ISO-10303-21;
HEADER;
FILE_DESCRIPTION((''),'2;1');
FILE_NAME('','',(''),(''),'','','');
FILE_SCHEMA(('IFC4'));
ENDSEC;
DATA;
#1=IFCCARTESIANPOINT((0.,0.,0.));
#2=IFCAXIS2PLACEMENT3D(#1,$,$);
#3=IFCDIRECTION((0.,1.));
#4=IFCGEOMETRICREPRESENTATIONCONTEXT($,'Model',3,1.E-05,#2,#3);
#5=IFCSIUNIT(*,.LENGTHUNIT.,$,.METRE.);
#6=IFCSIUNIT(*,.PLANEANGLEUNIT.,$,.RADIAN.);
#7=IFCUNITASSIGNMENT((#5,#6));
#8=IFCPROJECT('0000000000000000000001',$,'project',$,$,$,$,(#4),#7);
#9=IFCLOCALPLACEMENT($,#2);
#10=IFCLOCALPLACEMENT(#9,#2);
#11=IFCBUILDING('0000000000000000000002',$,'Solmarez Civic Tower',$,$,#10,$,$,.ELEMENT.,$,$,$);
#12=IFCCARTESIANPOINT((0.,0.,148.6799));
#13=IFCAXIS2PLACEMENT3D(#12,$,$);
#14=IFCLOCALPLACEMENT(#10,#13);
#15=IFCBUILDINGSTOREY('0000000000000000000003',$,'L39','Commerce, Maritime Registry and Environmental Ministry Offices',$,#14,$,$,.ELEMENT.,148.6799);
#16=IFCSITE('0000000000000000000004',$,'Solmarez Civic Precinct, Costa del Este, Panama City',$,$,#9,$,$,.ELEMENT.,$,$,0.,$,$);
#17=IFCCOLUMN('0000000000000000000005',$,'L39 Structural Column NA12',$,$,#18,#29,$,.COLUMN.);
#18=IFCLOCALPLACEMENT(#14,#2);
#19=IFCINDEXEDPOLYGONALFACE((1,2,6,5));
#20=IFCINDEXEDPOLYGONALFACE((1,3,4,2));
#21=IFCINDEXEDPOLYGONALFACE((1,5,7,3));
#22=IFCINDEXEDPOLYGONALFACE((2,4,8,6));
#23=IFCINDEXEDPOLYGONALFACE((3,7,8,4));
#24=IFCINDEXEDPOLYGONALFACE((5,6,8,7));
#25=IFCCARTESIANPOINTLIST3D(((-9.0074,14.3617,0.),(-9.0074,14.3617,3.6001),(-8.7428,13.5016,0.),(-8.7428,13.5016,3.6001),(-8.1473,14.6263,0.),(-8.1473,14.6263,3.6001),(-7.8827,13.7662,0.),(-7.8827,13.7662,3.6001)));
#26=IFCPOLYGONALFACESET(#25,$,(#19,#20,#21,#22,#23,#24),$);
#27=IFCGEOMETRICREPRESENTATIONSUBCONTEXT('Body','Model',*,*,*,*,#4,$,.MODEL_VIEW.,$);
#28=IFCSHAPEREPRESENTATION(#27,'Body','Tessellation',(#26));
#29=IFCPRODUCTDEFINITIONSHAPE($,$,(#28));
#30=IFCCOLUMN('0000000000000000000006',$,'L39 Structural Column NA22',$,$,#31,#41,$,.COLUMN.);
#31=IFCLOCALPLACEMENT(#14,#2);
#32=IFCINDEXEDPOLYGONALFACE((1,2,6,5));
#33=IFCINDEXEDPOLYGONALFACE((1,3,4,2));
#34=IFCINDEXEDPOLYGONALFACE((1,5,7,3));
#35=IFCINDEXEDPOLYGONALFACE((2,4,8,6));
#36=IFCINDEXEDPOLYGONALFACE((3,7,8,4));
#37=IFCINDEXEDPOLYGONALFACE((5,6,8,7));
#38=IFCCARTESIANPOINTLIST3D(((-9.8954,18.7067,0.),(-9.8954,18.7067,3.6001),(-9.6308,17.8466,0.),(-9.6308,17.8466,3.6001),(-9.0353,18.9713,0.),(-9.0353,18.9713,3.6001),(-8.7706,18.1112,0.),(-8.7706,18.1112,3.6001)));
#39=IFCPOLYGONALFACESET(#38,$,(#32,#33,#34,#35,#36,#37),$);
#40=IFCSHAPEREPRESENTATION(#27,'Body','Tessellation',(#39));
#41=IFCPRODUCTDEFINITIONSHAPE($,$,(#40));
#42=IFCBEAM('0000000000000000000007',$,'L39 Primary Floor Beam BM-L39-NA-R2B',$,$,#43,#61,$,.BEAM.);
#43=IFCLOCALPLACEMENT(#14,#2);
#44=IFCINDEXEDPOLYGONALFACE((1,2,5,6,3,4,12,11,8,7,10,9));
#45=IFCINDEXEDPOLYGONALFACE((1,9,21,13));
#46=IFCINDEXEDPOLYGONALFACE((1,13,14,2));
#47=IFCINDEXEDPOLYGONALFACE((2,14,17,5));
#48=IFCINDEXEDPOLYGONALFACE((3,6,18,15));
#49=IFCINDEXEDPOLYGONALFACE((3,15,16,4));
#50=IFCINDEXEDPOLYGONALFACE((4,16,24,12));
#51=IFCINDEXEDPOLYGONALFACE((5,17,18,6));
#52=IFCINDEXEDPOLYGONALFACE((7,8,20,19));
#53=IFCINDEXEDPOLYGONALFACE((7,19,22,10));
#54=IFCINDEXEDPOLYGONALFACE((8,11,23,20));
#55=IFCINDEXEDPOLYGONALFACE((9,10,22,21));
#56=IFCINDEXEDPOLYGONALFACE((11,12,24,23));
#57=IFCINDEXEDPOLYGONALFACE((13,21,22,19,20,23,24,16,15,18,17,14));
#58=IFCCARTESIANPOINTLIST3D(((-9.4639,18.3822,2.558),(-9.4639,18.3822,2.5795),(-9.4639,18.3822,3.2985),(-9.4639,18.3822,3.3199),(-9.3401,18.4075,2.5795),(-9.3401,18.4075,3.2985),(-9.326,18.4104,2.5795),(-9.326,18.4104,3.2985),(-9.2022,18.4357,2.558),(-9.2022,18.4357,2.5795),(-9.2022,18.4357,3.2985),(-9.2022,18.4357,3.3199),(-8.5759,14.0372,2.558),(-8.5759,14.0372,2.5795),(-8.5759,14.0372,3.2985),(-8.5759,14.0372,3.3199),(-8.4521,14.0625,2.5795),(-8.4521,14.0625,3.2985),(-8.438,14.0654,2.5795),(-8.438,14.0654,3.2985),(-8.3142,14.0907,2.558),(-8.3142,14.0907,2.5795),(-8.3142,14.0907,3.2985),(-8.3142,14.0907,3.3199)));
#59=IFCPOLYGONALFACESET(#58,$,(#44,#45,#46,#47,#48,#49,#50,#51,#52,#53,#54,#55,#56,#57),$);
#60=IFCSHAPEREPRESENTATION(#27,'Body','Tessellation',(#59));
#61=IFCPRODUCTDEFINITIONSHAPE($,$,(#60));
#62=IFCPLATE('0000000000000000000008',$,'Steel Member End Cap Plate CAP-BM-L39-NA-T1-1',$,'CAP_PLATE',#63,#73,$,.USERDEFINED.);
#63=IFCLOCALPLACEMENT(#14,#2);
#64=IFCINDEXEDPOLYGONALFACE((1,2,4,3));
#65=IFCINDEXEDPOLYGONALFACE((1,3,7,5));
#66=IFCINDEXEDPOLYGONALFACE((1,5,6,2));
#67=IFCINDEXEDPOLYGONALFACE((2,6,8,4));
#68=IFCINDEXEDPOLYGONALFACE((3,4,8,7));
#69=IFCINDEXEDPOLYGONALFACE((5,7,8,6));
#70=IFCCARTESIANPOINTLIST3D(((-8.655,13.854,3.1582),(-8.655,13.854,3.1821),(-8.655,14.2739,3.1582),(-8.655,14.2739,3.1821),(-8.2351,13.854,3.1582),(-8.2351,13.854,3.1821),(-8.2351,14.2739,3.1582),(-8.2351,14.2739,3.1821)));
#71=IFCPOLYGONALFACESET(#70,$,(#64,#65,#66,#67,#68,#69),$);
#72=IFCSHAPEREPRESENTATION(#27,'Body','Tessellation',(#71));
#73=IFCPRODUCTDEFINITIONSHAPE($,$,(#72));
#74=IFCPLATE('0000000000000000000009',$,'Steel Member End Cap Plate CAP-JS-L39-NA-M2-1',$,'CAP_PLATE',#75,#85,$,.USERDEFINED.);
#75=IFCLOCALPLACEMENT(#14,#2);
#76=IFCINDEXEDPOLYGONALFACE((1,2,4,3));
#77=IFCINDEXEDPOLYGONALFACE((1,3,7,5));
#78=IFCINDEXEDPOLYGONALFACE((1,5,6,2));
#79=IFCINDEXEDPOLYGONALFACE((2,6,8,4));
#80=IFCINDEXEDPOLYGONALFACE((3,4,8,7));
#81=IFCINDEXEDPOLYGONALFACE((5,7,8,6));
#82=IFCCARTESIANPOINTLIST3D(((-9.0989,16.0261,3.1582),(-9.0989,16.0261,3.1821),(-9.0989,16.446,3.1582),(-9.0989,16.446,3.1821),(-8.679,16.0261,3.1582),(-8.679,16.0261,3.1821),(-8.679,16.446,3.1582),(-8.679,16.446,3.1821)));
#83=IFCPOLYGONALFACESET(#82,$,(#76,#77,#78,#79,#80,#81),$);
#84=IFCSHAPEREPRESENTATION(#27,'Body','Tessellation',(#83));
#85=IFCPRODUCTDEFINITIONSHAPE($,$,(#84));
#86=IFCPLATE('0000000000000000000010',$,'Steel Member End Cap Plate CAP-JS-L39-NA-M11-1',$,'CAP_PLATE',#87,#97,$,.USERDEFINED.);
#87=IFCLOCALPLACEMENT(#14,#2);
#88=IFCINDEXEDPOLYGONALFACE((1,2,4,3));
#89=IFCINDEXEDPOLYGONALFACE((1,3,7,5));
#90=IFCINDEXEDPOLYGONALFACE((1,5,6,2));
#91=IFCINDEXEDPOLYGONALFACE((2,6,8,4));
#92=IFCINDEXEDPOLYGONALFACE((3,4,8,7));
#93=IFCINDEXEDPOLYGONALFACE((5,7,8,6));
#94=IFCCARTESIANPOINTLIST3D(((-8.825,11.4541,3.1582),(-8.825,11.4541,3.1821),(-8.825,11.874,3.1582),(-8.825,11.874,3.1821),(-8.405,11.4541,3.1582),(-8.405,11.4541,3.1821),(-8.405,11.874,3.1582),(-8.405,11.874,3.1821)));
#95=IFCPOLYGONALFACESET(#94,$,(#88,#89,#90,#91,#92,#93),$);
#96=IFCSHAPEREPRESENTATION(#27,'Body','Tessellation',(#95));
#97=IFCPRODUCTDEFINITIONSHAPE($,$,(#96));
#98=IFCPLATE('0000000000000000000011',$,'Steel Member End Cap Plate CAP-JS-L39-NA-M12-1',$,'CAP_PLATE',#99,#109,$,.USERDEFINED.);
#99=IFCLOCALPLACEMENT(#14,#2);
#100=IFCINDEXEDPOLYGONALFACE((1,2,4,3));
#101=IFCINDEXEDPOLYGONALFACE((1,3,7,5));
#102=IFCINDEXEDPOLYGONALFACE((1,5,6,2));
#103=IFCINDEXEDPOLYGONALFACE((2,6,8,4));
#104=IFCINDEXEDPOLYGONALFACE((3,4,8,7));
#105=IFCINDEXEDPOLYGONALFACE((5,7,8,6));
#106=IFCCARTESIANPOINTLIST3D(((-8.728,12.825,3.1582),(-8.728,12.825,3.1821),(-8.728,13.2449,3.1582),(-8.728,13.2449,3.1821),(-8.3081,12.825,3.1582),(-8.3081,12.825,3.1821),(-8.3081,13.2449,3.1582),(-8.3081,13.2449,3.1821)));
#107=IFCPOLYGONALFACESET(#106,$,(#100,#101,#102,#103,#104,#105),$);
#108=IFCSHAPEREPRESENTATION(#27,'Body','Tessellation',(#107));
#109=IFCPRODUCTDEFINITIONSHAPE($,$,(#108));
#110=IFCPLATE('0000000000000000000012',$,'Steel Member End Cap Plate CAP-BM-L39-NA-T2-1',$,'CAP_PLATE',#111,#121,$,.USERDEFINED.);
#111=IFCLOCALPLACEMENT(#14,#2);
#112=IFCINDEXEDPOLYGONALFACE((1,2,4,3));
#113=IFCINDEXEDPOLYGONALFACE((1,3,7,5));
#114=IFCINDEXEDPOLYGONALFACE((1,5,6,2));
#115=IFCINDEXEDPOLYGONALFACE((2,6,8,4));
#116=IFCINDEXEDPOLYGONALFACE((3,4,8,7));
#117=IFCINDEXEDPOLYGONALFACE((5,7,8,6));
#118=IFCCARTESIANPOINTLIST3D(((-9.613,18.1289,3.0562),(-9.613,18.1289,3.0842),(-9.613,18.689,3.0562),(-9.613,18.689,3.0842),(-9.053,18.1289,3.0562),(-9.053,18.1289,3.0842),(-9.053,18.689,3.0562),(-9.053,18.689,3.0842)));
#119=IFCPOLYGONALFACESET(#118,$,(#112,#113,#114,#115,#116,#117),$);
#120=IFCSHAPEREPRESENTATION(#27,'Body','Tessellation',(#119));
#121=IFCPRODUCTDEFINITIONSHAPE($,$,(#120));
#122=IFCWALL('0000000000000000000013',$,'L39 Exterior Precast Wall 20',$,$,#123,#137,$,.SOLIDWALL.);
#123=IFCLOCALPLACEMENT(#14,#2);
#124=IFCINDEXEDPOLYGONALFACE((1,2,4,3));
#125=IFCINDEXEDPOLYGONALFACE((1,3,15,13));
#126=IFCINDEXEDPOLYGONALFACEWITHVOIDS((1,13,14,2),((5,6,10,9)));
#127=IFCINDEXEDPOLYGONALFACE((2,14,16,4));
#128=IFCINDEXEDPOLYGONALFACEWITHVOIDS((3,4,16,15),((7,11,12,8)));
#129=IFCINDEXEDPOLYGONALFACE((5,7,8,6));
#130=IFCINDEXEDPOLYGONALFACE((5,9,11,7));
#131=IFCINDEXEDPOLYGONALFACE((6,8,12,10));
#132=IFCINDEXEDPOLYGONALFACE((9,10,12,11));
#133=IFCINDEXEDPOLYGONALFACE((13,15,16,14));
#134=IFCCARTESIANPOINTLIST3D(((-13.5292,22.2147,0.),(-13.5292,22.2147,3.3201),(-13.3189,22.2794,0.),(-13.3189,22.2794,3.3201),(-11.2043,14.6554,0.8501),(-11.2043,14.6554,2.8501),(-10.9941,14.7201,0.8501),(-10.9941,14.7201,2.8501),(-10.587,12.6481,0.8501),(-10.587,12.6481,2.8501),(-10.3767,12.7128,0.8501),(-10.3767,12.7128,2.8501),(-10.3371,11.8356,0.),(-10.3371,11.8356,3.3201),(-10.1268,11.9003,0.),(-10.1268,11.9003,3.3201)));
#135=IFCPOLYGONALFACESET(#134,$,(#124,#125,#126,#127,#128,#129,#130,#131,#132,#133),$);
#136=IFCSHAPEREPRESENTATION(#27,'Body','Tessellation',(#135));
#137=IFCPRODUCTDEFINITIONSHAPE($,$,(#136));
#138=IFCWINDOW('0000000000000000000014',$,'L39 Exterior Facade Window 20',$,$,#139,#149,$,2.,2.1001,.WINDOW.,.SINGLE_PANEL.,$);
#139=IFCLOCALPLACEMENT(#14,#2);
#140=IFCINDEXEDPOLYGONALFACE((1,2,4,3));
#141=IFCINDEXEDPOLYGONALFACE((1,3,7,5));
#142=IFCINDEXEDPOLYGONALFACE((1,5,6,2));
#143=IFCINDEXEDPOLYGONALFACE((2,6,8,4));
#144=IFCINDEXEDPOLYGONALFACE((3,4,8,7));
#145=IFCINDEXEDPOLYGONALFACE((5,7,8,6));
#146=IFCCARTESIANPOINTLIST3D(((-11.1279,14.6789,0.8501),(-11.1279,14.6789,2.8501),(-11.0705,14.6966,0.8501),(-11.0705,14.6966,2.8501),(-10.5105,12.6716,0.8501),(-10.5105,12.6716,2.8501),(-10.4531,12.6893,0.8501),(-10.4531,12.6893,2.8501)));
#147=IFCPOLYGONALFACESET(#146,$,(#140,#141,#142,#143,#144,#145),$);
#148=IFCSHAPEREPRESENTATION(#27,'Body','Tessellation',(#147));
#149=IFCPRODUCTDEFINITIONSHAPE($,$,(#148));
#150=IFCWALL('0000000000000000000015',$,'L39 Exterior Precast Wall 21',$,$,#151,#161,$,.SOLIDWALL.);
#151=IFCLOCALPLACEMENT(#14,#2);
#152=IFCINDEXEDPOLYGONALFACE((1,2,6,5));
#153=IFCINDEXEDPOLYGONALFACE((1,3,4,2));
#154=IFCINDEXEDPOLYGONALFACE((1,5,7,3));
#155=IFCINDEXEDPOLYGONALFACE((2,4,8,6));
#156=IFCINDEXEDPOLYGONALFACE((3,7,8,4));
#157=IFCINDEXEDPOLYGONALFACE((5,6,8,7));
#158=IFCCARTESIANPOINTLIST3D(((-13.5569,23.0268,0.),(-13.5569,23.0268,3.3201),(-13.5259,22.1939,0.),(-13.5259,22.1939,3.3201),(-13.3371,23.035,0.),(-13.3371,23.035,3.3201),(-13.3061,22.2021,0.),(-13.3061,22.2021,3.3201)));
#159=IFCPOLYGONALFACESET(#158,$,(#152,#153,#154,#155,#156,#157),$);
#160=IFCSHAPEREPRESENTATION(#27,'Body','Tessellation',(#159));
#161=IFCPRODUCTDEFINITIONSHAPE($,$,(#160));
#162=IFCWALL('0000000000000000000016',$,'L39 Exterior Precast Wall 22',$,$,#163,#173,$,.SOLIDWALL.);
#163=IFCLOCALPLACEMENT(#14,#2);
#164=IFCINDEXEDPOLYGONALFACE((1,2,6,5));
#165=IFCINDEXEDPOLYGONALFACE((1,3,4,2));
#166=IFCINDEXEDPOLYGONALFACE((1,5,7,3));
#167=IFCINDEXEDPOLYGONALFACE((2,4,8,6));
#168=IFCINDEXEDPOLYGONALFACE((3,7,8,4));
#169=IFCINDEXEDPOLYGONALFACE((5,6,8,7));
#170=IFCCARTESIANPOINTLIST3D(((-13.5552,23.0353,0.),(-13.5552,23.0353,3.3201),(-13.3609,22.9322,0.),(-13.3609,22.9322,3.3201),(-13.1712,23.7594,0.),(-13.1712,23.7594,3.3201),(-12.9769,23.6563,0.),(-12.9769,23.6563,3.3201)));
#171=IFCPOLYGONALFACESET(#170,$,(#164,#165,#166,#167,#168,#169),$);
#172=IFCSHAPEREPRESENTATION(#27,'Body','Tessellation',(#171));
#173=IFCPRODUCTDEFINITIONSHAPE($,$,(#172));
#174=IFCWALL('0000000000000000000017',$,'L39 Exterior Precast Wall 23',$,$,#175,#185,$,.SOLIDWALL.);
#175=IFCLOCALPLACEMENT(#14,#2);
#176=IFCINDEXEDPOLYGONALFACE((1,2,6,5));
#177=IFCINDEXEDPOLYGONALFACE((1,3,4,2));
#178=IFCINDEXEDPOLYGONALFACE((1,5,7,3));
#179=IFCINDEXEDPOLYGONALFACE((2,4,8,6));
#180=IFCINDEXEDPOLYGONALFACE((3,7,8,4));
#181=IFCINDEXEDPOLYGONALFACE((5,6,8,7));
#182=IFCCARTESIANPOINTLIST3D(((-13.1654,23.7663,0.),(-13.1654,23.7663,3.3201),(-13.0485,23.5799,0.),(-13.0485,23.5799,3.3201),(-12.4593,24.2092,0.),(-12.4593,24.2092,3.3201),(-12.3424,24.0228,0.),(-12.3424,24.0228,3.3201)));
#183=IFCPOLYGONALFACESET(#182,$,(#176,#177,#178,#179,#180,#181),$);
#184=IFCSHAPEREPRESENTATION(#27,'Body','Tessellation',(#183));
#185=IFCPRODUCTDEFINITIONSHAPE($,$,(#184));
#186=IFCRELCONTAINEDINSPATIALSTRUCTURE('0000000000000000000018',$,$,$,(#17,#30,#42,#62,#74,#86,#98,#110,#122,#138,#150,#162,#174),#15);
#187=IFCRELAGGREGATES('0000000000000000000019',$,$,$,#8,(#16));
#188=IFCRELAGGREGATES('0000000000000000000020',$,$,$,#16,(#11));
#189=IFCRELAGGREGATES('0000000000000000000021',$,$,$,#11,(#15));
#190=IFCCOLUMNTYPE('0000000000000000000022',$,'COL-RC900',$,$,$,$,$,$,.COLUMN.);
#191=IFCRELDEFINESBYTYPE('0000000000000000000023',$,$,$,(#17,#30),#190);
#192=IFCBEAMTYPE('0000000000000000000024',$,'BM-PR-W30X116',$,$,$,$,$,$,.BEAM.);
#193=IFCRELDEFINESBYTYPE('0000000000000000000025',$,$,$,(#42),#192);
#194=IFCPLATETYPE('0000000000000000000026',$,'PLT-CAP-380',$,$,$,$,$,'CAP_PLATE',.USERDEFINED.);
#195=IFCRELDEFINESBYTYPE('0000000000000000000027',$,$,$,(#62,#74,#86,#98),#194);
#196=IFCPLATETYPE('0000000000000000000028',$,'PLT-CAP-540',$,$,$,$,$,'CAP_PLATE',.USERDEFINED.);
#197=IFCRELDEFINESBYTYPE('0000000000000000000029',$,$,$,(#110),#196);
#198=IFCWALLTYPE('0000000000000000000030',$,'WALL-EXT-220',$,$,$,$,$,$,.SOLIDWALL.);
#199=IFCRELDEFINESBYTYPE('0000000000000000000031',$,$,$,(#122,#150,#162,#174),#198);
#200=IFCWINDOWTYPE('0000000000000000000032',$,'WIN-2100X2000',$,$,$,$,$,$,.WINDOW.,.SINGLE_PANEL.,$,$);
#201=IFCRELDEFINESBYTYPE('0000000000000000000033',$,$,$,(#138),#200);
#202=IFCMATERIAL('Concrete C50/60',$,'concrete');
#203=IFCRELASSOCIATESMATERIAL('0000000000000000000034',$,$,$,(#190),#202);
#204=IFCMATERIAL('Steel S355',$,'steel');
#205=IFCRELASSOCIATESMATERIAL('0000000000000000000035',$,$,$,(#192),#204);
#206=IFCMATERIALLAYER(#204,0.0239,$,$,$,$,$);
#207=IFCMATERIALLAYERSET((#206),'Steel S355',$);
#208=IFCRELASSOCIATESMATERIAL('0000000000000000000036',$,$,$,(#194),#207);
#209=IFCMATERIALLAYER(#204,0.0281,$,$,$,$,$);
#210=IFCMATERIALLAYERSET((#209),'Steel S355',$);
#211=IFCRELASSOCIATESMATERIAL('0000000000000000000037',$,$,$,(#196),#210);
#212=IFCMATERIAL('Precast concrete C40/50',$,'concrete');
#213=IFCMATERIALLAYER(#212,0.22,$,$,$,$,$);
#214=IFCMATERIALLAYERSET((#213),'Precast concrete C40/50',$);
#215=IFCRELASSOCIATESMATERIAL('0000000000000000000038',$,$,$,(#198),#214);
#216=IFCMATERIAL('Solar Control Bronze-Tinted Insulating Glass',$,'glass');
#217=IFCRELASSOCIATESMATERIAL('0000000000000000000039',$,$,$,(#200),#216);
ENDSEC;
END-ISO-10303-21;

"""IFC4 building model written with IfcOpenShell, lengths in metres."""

from ifc_helpers import new_model, si_unit, direction, frame, frame_2d, origin, origin_2d, place, context, subcontext, project, spatial, rectangle, i_section, extrude, material, layer, layer_set, material_profile, profile_set, type_object, element, fill, save


model = new_model("IFC4")

# Units and contexts
model_context = context("Model", 3, precision=1e-05, world=origin(), true_north=direction((0.0, 1.0)))
body_context = subcontext(model_context, "Body", "Model", "MODEL_VIEW")
ifc_project = project(units=[si_unit("LENGTHUNIT", "METRE"), si_unit("PLANEANGLEUNIT", "RADIAN")], contexts=[model_context])

# Site, building, storey
site_placement = place(None, origin())
site = spatial("IfcSite", under=ifc_project, at=site_placement, Name="Solmarez Civic Precinct, Costa del Este, Panama City", CompositionType="ELEMENT", RefElevation=0.0)
building_placement = place(site_placement, origin())
building = spatial("IfcBuilding", under=site, at=building_placement, Name="Solmarez Civic Tower", CompositionType="ELEMENT")
storey_placement = place(building_placement, frame((0.0, 0.0, 148.6799)))
storey = spatial("IfcBuildingStorey", under=building, at=storey_placement, Name="L39", Description="Commerce, Maritime Registry and Environmental Ministry Offices", CompositionType="ELEMENT", Elevation=148.6799)

# Columns
ifc_material_1 = material(Name="Concrete C50/60", Category="concrete")
ifc_material_profile_1 = material_profile(ifc_material_1, rectangle(XDim=0.8999, YDim=0.8999, at=origin_2d()), Name="RC900X900")
ifc_profile_set_1 = profile_set([ifc_material_profile_1], Name="Concrete C50/60")
column_type = type_object("IfcColumnType", Name="COL-RC900", PredefinedType="COLUMN", material=ifc_profile_set_1)
for number, where, z_axis, x_axis, name in (
    (1, (-8.4451, 14.064, 0.0), (0.0, 0.0, 1.0), (0.955793, 0.29404, 0.0), "L39 Structural Column NA12"),
    (2, (-9.333, 18.4089, 0.0), (0.0, 0.0, 1.0), (0.955793, 0.29404, 0.0), "L39 Structural Column NA22"),
):
    element("IfcColumn", number, at=place(storey_placement, frame(where, z_axis=z_axis, x_axis=x_axis)), inside=storey, type_object=column_type, Name=name, PredefinedType="COLUMN", context=body_context, shape_type="SweptSolid", body=[
        extrude(rectangle(XDim=0.8999, YDim=0.8999, at=origin_2d()), origin(), (0.0, 0.0, 1.0), 3.6001),
    ])

# Beam
ifc_material_2 = material(Name="Steel S355", Category="steel")
ifc_material_profile_2 = material_profile(ifc_material_2, i_section(OverallWidth=0.2671, OverallDepth=0.762, WebThickness=0.0144, FlangeThickness=0.0215, at=origin_2d()), Name="W30X116")
ifc_profile_set_2 = profile_set([ifc_material_profile_2], Name="Steel S355")
beam_type = type_object("IfcBeamType", Name="BM-PR-W30X116", PredefinedType="BEAM", material=ifc_profile_set_2)
beam_placement = place(storey_placement, frame((-8.4451, 14.064, 2.939), z_axis=(-0.200222, 0.979751, 0.0), x_axis=(-0.979751, -0.200222, 0.0)))
element("IfcBeam", 3, at=beam_placement, inside=storey, type_object=beam_type, Name="L39 Primary Floor Beam BM-L39-NA-R2B", PredefinedType="BEAM", context=body_context, shape_type="SweptSolid", body=[
    extrude(i_section(OverallWidth=0.2671, OverallDepth=0.762, WebThickness=0.0144, FlangeThickness=0.0215, at=origin_2d()), origin(), (0.0, 0.0, 1.0), 4.4348),
])

# Plates
ifc_layer_1 = layer(ifc_material_2, 0.0239)
ifc_layer_set_1 = layer_set([ifc_layer_1], Name="Steel S355")
plate_type_1 = type_object("IfcPlateType", Name="PLT-CAP-380", ElementType="CAP_PLATE", PredefinedType="USERDEFINED", material=ifc_layer_set_1)
for number, where, z_axis, x_axis, name in (
    (4, (-8.4451, 14.064, 3.1582), (0.0, 0.0, 1.0), (1.0, 0.0, 0.0), "Steel Member End Cap Plate CAP-BM-L39-NA-T1-1"),
    (5, (-8.8889, 16.2361, 3.1582), (0.0, 0.0, 1.0), (1.0, 0.0, 0.0), "Steel Member End Cap Plate CAP-JS-L39-NA-M2-1"),
    (6, (-8.615, 11.6641, 3.1582), (0.0, 0.0, 1.0), (1.0, 0.0, 0.0), "Steel Member End Cap Plate CAP-JS-L39-NA-M11-1"),
    (7, (-8.5181, 13.0349, 3.1582), (0.0, 0.0, 1.0), (1.0, 0.0, 0.0), "Steel Member End Cap Plate CAP-JS-L39-NA-M12-1"),
):
    element("IfcPlate", number, at=place(storey_placement, frame(where, z_axis=z_axis, x_axis=x_axis)), inside=storey, type_object=plate_type_1, Name=name, ObjectType="CAP_PLATE", PredefinedType="USERDEFINED", context=body_context, shape_type="SweptSolid", body=[
        extrude(rectangle(XDim=0.4199, YDim=0.4199, at=origin_2d()), origin(), (0.0, 0.0, 1.0), 0.0239),
    ])
ifc_layer_2 = layer(ifc_material_2, 0.0281)
ifc_layer_set_2 = layer_set([ifc_layer_2], Name="Steel S355")
plate_type_2 = type_object("IfcPlateType", Name="PLT-CAP-540", ElementType="CAP_PLATE", PredefinedType="USERDEFINED", material=ifc_layer_set_2)
plate_placement = place(storey_placement, frame((-9.333, 18.4089, 3.0562), z_axis=(0.0, 0.0, 1.0), x_axis=(1.0, 0.0, 0.0)))
element("IfcPlate", 8, at=plate_placement, inside=storey, type_object=plate_type_2, Name="Steel Member End Cap Plate CAP-BM-L39-NA-T2-1", ObjectType="CAP_PLATE", PredefinedType="USERDEFINED", context=body_context, shape_type="SweptSolid", body=[
    extrude(rectangle(XDim=0.5601, YDim=0.5601, at=origin_2d()), origin(), (0.0, 0.0, 1.0), 0.0281),
])

# Wall, opening, window
ifc_material_3 = material(Name="Precast concrete C40/50", Category="concrete")
ifc_layer_3 = layer(ifc_material_3, 0.22)
ifc_layer_set_3 = layer_set([ifc_layer_3], Name="Precast concrete C40/50")
wall_type_1 = type_object("IfcWallType", Name="WALL-EXT-220", PredefinedType="SOLIDWALL", material=ifc_layer_set_3)
wall_1_placement = place(storey_placement, frame((-10.2319, 11.8679, 0.0), z_axis=(0.0, 0.0, 1.0), x_axis=(-0.293964, 0.955816, 0.0)))
wall_1 = element("IfcWall", 9, at=wall_1_placement, inside=storey, type_object=wall_type_1, Name="L39 Exterior Precast Wall 20", PredefinedType="SOLIDWALL", context=body_context, shape_type="SweptSolid", body=[
    extrude(rectangle(XDim=10.8589, YDim=0.22, at=frame_2d((5.4294, 0.0))), origin(), (0.0, 0.0, 1.0), 3.3201),
])
opening_1_placement = place(wall_1_placement, frame((0.8501, 0.0, 0.8501)))
opening_1 = element("IfcOpeningElement", 10, at=opening_1_placement, cuts=wall_1, PredefinedType="OPENING", context=body_context, shape_type="SweptSolid", body=[
    extrude(rectangle(XDim=2.1001, YDim=2.0, at=frame_2d((1.05, 1.0))), frame((0.0, 0.1199, 0.0), z_axis=(0.0, -1.0, 0.0), x_axis=(1.0, 0.0, 0.0)), (0.0, 0.0, 1.0), 0.24),
])
ifc_material_4 = material(Name="Solar Control Bronze-Tinted Insulating Glass", Category="glass")
window_type_1 = type_object("IfcWindowType", Name="WIN-2100X2000", PartitioningType="SINGLE_PANEL", PredefinedType="WINDOW", material=ifc_material_4)
window_1_placement = place(opening_1_placement, origin())
window_1 = element("IfcWindow", 11, at=window_1_placement, inside=storey, type_object=window_type_1, Name="L39 Exterior Facade Window 20", OverallHeight=2.0, OverallWidth=2.1001, PartitioningType="SINGLE_PANEL", PredefinedType="WINDOW", context=body_context, shape_type="SweptSolid", body=[
    extrude(rectangle(XDim=2.1001, YDim=2.0, at=frame_2d((1.05, 1.0))), frame((0.0, 0.03, 0.0), z_axis=(0.0, -1.0, 0.0), x_axis=(1.0, 0.0, 0.0)), (0.0, 0.0, 1.0), 0.0601),
])
fill(opening_1, window_1)

# Walls
wall_2_placement = place(storey_placement, frame((-13.416, 22.198, 0.0), z_axis=(0.0, 0.0, 1.0), x_axis=(-0.037196, 0.999308, 0.0)))
element("IfcWall", 12, at=wall_2_placement, inside=storey, type_object=wall_type_1, Name="L39 Exterior Precast Wall 21", PredefinedType="SOLIDWALL", context=body_context, shape_type="SweptSolid", body=[
    extrude(rectangle(XDim=0.8335, YDim=0.22, at=frame_2d((0.4167, 0.0))), origin(), (0.0, 0.0, 1.0), 3.3201),
])
wall_3_placement = place(storey_placement, frame((-13.458, 22.9839, 0.0), z_axis=(0.0, 0.0, 1.0), x_axis=(0.468531, 0.883447, 0.0)))
element("IfcWall", 13, at=wall_3_placement, inside=storey, type_object=wall_type_1, Name="L39 Exterior Precast Wall 22", PredefinedType="SOLIDWALL", context=body_context, shape_type="SweptSolid", body=[
    extrude(rectangle(XDim=0.8196, YDim=0.22, at=frame_2d((0.4097, 0.0))), origin(), (0.0, 0.0, 1.0), 3.3201),
])
wall_4_placement = place(storey_placement, frame((-13.1069, 23.6731, 0.0), z_axis=(0.0, 0.0, 1.0), x_axis=(0.847141, 0.531367, 0.0)))
element("IfcWall", 14, at=wall_4_placement, inside=storey, type_object=wall_type_1, Name="L39 Exterior Precast Wall 23", PredefinedType="SOLIDWALL", context=body_context, shape_type="SweptSolid", body=[
    extrude(rectangle(XDim=0.8335, YDim=0.22, at=frame_2d((0.4167, 0.0))), origin(), (0.0, 0.0, 1.0), 3.3201),
])

save(model, "model.ifc")
